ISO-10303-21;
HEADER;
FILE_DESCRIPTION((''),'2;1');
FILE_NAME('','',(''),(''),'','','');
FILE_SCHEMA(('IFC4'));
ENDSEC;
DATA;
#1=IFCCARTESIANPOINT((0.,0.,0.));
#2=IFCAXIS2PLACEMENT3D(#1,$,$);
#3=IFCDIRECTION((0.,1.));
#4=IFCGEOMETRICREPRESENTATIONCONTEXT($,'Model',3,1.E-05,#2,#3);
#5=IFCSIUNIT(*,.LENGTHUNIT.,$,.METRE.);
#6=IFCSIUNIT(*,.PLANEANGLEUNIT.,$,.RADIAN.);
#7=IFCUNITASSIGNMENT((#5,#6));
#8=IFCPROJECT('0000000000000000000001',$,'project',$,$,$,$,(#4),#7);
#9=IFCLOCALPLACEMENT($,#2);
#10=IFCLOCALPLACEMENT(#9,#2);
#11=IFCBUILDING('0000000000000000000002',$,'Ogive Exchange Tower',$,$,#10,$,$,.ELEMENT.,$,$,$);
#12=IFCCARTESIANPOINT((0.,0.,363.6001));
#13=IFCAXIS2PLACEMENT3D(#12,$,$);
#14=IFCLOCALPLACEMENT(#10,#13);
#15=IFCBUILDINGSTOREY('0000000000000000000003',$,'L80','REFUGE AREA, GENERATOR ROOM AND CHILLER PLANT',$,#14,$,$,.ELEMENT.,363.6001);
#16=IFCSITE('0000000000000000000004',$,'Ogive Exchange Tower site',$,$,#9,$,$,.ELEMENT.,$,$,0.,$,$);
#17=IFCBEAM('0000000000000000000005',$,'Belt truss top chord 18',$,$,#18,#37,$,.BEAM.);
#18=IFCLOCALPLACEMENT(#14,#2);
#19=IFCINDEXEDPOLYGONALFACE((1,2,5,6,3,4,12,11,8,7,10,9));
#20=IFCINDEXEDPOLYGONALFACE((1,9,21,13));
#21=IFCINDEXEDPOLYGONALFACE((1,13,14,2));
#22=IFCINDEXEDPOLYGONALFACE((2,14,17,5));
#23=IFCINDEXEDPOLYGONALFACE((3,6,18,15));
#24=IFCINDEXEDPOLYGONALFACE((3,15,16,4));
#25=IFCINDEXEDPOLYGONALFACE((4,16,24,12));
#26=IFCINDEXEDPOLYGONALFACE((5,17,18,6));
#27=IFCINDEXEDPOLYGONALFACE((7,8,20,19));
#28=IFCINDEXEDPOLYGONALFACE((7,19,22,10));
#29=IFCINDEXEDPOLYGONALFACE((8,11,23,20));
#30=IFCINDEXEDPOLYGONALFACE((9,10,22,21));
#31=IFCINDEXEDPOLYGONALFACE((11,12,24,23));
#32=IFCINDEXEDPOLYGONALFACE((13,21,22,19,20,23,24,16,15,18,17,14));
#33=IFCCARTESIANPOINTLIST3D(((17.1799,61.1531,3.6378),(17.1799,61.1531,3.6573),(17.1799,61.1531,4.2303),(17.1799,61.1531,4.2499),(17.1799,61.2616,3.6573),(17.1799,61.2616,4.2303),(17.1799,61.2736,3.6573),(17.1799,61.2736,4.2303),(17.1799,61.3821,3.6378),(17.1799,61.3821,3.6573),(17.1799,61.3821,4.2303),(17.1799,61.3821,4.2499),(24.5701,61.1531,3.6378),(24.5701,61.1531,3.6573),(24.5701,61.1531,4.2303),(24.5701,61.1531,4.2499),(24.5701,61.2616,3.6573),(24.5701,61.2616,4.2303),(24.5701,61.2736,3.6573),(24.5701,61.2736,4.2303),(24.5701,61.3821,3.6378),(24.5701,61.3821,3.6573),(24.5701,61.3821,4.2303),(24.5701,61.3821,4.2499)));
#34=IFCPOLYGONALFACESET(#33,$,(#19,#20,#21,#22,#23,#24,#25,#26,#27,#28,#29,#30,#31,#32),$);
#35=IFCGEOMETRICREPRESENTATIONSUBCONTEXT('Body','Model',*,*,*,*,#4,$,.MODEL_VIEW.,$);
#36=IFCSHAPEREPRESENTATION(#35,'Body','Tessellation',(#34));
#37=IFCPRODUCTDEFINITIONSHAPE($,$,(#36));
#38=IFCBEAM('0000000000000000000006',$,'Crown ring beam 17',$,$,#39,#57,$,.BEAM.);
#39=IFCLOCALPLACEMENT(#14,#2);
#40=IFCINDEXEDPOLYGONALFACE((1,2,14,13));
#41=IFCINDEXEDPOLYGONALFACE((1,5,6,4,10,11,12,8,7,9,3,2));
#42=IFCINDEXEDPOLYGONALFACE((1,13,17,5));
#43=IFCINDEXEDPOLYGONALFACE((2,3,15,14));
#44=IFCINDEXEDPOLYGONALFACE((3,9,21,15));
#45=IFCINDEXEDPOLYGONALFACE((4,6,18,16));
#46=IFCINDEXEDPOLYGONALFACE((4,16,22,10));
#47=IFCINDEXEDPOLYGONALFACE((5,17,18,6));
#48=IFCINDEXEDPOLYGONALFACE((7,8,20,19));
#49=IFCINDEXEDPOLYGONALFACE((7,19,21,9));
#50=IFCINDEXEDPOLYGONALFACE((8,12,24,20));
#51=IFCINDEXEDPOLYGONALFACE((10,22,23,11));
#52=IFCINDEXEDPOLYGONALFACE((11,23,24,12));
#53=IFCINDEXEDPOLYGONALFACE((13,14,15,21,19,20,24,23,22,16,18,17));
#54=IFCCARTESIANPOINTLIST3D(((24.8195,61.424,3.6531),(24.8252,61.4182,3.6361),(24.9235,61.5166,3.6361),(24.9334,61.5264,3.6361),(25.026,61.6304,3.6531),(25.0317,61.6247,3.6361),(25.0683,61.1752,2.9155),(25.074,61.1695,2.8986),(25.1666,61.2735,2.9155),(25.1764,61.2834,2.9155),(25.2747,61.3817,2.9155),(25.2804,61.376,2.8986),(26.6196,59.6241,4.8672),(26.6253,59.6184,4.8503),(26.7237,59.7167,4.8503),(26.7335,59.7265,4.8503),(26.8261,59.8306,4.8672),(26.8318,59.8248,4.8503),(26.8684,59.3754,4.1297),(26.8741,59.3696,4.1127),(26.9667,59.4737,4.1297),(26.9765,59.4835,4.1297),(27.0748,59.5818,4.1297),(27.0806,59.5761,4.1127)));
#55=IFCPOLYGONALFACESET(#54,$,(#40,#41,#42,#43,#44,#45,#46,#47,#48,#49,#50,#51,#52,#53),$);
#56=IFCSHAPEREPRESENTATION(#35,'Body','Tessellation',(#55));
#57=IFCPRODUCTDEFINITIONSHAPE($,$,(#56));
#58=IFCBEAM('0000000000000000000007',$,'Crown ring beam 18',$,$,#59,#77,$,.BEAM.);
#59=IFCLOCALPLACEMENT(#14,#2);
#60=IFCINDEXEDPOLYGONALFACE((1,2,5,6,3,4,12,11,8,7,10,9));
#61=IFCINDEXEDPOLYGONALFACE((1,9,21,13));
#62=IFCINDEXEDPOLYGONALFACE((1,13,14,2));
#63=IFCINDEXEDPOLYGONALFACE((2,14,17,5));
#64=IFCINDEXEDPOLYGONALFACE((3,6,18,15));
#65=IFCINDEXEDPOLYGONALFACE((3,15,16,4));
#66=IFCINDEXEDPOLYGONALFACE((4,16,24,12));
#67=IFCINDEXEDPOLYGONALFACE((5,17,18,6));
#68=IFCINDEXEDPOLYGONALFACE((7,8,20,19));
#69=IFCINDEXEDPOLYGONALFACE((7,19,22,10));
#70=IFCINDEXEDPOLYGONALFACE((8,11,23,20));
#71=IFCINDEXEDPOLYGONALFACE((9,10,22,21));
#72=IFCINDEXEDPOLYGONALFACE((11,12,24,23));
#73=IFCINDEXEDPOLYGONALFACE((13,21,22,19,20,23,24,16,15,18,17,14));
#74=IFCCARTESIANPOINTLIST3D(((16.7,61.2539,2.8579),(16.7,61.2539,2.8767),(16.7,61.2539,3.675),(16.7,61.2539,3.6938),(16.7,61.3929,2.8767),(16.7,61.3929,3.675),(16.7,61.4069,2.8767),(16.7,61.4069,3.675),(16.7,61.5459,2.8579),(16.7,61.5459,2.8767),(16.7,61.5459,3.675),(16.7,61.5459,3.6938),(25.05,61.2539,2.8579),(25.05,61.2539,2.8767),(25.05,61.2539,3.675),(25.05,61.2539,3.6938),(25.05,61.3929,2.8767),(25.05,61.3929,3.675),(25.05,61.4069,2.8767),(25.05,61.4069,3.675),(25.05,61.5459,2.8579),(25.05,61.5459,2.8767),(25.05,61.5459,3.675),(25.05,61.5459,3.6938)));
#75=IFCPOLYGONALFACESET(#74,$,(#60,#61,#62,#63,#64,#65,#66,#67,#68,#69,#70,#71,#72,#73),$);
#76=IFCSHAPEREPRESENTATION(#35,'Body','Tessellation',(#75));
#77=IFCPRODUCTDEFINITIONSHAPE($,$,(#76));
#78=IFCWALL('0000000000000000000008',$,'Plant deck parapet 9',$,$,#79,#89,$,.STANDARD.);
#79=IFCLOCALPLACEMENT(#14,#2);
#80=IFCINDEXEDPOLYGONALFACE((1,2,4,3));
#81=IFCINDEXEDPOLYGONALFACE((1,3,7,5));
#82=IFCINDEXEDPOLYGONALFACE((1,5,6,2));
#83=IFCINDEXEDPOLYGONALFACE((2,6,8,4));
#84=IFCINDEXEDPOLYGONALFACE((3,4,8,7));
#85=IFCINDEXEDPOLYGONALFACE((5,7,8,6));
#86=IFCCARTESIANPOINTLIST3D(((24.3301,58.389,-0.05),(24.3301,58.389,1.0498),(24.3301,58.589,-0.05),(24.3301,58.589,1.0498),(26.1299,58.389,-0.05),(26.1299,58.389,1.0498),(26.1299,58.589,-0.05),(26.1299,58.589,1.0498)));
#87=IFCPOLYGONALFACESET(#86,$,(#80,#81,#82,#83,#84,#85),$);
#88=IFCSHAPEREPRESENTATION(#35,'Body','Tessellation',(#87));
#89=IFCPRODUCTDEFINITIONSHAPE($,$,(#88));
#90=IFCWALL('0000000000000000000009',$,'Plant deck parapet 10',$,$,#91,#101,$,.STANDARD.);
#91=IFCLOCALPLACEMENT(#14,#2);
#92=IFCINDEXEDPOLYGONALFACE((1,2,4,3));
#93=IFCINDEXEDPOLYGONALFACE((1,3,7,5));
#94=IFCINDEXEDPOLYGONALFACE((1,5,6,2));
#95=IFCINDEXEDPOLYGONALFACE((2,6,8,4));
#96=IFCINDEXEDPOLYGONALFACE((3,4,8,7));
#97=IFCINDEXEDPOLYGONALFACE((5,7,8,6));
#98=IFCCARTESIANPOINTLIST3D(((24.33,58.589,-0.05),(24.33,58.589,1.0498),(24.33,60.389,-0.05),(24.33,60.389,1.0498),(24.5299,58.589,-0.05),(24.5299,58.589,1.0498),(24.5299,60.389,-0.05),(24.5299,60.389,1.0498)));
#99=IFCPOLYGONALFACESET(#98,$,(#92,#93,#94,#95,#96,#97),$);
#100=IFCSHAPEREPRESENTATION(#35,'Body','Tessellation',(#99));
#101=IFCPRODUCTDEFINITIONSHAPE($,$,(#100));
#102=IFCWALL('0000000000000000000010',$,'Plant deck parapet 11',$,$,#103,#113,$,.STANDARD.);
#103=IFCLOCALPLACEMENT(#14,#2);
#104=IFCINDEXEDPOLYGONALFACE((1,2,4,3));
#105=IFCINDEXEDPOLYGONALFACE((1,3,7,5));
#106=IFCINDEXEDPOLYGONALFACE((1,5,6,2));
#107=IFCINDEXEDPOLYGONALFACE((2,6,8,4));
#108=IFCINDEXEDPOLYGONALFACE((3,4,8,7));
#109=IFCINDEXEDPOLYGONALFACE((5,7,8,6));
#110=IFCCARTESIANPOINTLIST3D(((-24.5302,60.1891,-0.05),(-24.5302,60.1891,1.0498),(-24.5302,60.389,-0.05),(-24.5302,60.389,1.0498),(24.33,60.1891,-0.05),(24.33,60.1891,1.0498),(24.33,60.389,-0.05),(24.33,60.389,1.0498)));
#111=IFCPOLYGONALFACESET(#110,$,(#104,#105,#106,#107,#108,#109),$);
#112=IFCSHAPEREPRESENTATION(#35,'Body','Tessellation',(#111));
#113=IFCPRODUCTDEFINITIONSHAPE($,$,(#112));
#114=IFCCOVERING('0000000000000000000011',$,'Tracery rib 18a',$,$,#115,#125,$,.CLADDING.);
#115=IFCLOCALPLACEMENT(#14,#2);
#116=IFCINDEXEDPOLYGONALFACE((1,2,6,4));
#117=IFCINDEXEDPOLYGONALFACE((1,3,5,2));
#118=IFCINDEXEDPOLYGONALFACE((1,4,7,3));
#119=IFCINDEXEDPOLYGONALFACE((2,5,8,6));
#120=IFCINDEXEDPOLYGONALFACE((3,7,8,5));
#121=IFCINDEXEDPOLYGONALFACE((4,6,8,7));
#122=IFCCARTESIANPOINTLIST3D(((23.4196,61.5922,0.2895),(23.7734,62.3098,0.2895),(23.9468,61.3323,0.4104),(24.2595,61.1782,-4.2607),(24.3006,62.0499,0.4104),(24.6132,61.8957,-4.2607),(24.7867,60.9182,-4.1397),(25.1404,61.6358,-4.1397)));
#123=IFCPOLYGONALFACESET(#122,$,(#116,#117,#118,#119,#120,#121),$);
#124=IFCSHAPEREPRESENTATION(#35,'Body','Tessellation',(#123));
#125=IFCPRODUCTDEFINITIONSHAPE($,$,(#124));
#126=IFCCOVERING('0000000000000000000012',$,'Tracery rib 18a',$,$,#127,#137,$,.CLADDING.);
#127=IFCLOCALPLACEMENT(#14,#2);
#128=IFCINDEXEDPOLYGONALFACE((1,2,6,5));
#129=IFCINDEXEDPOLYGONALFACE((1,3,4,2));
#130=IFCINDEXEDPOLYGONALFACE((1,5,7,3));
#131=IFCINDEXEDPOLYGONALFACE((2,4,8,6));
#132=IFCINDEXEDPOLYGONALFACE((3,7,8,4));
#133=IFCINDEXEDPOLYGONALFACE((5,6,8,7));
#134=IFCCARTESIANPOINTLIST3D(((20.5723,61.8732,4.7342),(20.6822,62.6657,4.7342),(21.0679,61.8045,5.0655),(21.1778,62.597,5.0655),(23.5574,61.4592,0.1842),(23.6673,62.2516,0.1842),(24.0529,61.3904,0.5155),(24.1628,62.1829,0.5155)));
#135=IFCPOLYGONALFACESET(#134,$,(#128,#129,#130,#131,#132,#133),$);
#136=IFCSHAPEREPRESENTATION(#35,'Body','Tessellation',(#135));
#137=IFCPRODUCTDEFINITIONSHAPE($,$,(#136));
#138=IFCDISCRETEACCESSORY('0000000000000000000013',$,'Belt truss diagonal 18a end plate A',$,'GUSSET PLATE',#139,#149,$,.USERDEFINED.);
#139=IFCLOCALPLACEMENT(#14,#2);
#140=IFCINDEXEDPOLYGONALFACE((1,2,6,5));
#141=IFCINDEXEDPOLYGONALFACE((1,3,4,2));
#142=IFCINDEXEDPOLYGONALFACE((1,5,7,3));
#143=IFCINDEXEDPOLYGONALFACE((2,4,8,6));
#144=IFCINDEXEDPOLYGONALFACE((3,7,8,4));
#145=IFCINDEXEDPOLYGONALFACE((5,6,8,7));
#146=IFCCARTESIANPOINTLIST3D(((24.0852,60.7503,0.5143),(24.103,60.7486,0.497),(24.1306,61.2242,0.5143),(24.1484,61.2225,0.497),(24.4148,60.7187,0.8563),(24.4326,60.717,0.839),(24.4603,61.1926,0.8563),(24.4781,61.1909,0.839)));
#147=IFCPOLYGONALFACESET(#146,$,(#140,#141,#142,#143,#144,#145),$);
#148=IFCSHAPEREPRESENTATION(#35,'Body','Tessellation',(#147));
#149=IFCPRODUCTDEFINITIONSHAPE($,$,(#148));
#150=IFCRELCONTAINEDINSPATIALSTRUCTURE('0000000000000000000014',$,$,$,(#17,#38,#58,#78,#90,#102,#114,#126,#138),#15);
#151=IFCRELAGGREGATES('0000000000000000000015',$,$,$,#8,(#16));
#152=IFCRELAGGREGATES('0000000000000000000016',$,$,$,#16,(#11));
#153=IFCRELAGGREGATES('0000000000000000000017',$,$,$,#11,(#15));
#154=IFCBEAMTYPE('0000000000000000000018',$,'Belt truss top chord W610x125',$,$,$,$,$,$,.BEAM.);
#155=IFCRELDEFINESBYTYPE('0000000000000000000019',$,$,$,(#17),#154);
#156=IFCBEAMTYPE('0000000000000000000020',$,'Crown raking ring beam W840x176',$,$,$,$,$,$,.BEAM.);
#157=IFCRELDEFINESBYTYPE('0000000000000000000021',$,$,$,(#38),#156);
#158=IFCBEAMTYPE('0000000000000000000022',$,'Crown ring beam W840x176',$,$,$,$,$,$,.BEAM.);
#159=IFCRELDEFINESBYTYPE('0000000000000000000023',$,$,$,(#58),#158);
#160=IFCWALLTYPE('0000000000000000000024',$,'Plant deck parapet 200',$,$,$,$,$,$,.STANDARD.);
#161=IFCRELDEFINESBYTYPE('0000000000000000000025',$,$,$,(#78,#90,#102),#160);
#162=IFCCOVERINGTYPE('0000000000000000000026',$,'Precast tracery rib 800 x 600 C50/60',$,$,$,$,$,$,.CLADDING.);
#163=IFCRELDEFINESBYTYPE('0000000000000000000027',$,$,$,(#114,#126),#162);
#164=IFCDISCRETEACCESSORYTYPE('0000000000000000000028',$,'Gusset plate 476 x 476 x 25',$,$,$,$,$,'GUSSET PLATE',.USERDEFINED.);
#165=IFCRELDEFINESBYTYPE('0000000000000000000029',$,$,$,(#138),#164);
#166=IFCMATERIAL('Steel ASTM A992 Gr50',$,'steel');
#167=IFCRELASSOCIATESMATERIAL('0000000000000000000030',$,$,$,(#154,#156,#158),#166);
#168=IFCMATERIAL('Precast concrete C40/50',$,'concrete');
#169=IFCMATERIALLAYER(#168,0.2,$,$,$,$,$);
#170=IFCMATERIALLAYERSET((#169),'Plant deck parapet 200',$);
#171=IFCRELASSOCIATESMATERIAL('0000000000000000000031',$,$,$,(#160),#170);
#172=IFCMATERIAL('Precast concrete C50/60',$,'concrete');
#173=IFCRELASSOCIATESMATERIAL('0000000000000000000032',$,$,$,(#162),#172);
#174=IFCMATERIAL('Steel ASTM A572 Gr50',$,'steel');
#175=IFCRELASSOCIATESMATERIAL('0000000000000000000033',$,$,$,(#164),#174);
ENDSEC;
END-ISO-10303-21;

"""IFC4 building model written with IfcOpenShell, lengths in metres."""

from ifc_helpers import new_model, si_unit, direction, frame, frame_2d, origin, origin_2d, place, context, subcontext, project, spatial, rectangle, i_section, extrude, material, layer, layer_set, material_profile, profile_set, type_object, element, save


model = new_model("IFC4")

# Units and contexts
model_context = context("Model", 3, precision=1e-05, world=origin(), true_north=direction((0.0, 1.0)))
body_context = subcontext(model_context, "Body", "Model", "MODEL_VIEW")
ifc_project = project(units=[si_unit("LENGTHUNIT", "METRE"), si_unit("PLANEANGLEUNIT", "RADIAN")], contexts=[model_context])

# Site, building, storey
site_placement = place(None, origin())
site = spatial("IfcSite", under=ifc_project, at=site_placement, Name="Ogive Exchange Tower site", CompositionType="ELEMENT", RefElevation=0.0)
building_placement = place(site_placement, origin())
building = spatial("IfcBuilding", under=site, at=building_placement, Name="Ogive Exchange Tower", CompositionType="ELEMENT")
storey_placement = place(building_placement, frame((0.0, 0.0, 363.6001)))
storey = spatial("IfcBuildingStorey", under=building, at=storey_placement, Name="L80", Description="REFUGE AREA, GENERATOR ROOM AND CHILLER PLANT", CompositionType="ELEMENT", Elevation=363.6001)

# Shared definitions
ifc_material_1 = material(Name="Steel ASTM A992 Gr50", Category="steel")

# Beams
ifc_material_profile_1 = material_profile(ifc_material_1, i_section(OverallWidth=0.229, OverallDepth=0.6121, WebThickness=0.012, FlangeThickness=0.0195, at=origin_2d()), Name="W610x125")
ifc_profile_set_1 = profile_set([ifc_material_profile_1], Name="Steel ASTM A992 Gr50")
beam_type_1 = type_object("IfcBeamType", Name="Belt truss top chord W610x125", PredefinedType="BEAM", material=ifc_profile_set_1)
beam_1_placement = place(storey_placement, frame((24.5701, 61.2676, 3.9438), z_axis=(-1.0, 0.0, 0.0), x_axis=(0.0, -1.0, 0.0)))
element("IfcBeam", 1, at=beam_1_placement, inside=storey, type_object=beam_type_1, Name="Belt truss top chord 18", PredefinedType="BEAM", context=body_context, shape_type="SweptSolid", body=[
    extrude(i_section(OverallWidth=0.229, OverallDepth=0.6121, WebThickness=0.012, FlangeThickness=0.0195, at=origin_2d()), origin(), (0.0, 0.0, 1.0), 7.3901),
])
ifc_material_profile_2 = material_profile(ifc_material_1, i_section(OverallWidth=0.292, OverallDepth=0.8359, WebThickness=0.0139, FlangeThickness=0.0188, at=origin_2d()), Name="W840x176")
ifc_profile_set_2 = profile_set([ifc_material_profile_2], Name="Steel ASTM A992 Gr50")
beam_type_2 = type_object("IfcBeamType", Name="Crown raking ring beam W840x176", PredefinedType="BEAM", material=ifc_profile_set_2)
beam_2_placement = place(storey_placement, frame((26.8501, 59.6001, 4.49), z_axis=(-0.638269, 0.638183, -0.430505), x_axis=(-0.707059, -0.707155, 0.0)))
element("IfcBeam", 2, at=beam_2_placement, inside=storey, type_object=beam_type_2, Name="Crown ring beam 17", PredefinedType="BEAM", context=body_context, shape_type="SweptSolid", body=[
    extrude(i_section(OverallWidth=0.292, OverallDepth=0.8359, WebThickness=0.0139, FlangeThickness=0.0188, at=origin_2d()), origin(), (0.0, 0.0, 1.0), 2.8203),
])
ifc_material_profile_3 = material_profile(ifc_material_1, i_section(OverallWidth=0.292, OverallDepth=0.8359, WebThickness=0.0139, FlangeThickness=0.0188, at=origin_2d()), Name="W840x176")
ifc_profile_set_3 = profile_set([ifc_material_profile_3], Name="Steel ASTM A992 Gr50")
beam_type_3 = type_object("IfcBeamType", Name="Crown ring beam W840x176", PredefinedType="BEAM", material=ifc_profile_set_3)
beam_3_placement = place(storey_placement, frame((25.05, 61.3999, 3.2759), z_axis=(-1.0, 0.0, 0.0), x_axis=(0.0, -1.0, 0.0)))
element("IfcBeam", 3, at=beam_3_placement, inside=storey, type_object=beam_type_3, Name="Crown ring beam 18", PredefinedType="BEAM", context=body_context, shape_type="SweptSolid", body=[
    extrude(i_section(OverallWidth=0.292, OverallDepth=0.8359, WebThickness=0.0139, FlangeThickness=0.0188, at=origin_2d()), origin(), (0.0, 0.0, 1.0), 8.3501),
])

# Walls
ifc_material_2 = material(Name="Precast concrete C40/50", Category="concrete")
ifc_layer = layer(ifc_material_2, 0.2)
ifc_layer_set = layer_set([ifc_layer], Name="Plant deck parapet 200")
wall_type = type_object("IfcWallType", Name="Plant deck parapet 200", PredefinedType="STANDARD", material=ifc_layer_set)
wall_1_placement = place(storey_placement, frame((26.1299, 58.489, -0.05), z_axis=(0.0, 0.0, 1.0), x_axis=(-1.0, 0.0, 0.0)))
element("IfcWall", 4, at=wall_1_placement, inside=storey, type_object=wall_type, Name="Plant deck parapet 9", PredefinedType="STANDARD", context=body_context, shape_type="SweptSolid", body=[
    extrude(rectangle(XDim=1.7998, YDim=0.2, at=frame_2d((0.8999, 0.0))), origin(), (0.0, 0.0, 1.0), 1.0999),
])
wall_2_placement = place(storey_placement, frame((24.4299, 58.5891, -0.05), z_axis=(0.0, 0.0, 1.0), x_axis=(0.0, 1.0, 0.0)))
element("IfcWall", 5, at=wall_2_placement, inside=storey, type_object=wall_type, Name="Plant deck parapet 10", PredefinedType="STANDARD", context=body_context, shape_type="SweptSolid", body=[
    extrude(rectangle(XDim=1.8, YDim=0.2, at=frame_2d((0.8999, 0.0))), origin(), (0.0, 0.0, 1.0), 1.0999),
])
wall_3_placement = place(storey_placement, frame((24.3301, 60.2891, -0.05), z_axis=(0.0, 0.0, 1.0), x_axis=(-1.0, 0.0, 0.0)))
element("IfcWall", 6, at=wall_3_placement, inside=storey, type_object=wall_type, Name="Plant deck parapet 11", PredefinedType="STANDARD", context=body_context, shape_type="SweptSolid", body=[
    extrude(rectangle(XDim=48.8601, YDim=0.2, at=frame_2d((24.4302, 0.0))), origin(), (0.0, 0.0, 1.0), 1.0999),
])

# Coverings
ifc_material_3 = material(Name="Precast concrete C50/60", Category="concrete")
ifc_material_profile_4 = material_profile(ifc_material_3, rectangle(XDim=0.8, YDim=0.6001, at=origin_2d()), Name="RIB 800 x 600")
ifc_profile_set_4 = profile_set([ifc_material_profile_4], Name="Precast concrete C50/60")
covering_type = type_object("IfcCoveringType", Name="Precast tracery rib 800 x 600 C50/60", PredefinedType="CLADDING", material=ifc_profile_set_4)
covering_1_placement = place(storey_placement, frame((24.7, 61.407, -4.2002), z_axis=(-0.18079, 0.089134, 0.979474), x_axis=(-0.442201, -0.896916, 0.0)))
element("IfcCovering", 7, at=covering_1_placement, inside=storey, type_object=covering_type, Name="Tracery rib 18a", PredefinedType="CLADDING", context=body_context, shape_type="SweptSolid", body=[
    extrude(rectangle(XDim=0.8, YDim=0.6001, at=origin_2d()), origin(), (0.0, 0.0, 1.0), 4.6455),
])
covering_2_placement = place(storey_placement, frame((23.8601, 61.821, 0.3499), z_axis=(-0.546965, 0.075869, 0.833711), x_axis=(-0.137394, -0.990516, 0.0)))
element("IfcCovering", 8, at=covering_2_placement, inside=storey, type_object=covering_type, Name="Tracery rib 18a", PredefinedType="CLADDING", context=body_context, shape_type="SweptSolid", body=[
    extrude(rectangle(XDim=0.8, YDim=0.6001, at=origin_2d()), origin(), (0.0, 0.0, 1.0), 5.4575),
])

# Discrete accessory
ifc_material_4 = material(Name="Steel ASTM A572 Gr50", Category="steel")
ifc_material_profile_5 = material_profile(ifc_material_4, rectangle(XDim=0.4761, YDim=0.4761, at=origin_2d()), Name="PL 476 x 476 x 25")
ifc_profile_set_5 = profile_set([ifc_material_profile_5], Name="Steel ASTM A572 Gr50")
discrete_accessory_type = type_object("IfcDiscreteAccessoryType", Name="Gusset plate 476 x 476 x 25", ElementType="GUSSET PLATE", PredefinedType="USERDEFINED", material=ifc_profile_set_5)
discrete_accessory_placement = place(storey_placement, frame((24.2905, 60.9697, 0.668), z_axis=(-0.715171, 0.068578, 0.695577), x_axis=(-0.095453, -0.995434, 0.0)))
element("IfcDiscreteAccessory", 9, at=discrete_accessory_placement, inside=storey, type_object=discrete_accessory_type, Name="Belt truss diagonal 18a end plate A", ObjectType="GUSSET PLATE", PredefinedType="USERDEFINED", context=body_context, shape_type="SweptSolid", body=[
    extrude(rectangle(XDim=0.4761, YDim=0.4761, at=origin_2d()), origin(), (0.0, 0.0, 1.0), 0.0249),
])

save(model, "model.ifc")
